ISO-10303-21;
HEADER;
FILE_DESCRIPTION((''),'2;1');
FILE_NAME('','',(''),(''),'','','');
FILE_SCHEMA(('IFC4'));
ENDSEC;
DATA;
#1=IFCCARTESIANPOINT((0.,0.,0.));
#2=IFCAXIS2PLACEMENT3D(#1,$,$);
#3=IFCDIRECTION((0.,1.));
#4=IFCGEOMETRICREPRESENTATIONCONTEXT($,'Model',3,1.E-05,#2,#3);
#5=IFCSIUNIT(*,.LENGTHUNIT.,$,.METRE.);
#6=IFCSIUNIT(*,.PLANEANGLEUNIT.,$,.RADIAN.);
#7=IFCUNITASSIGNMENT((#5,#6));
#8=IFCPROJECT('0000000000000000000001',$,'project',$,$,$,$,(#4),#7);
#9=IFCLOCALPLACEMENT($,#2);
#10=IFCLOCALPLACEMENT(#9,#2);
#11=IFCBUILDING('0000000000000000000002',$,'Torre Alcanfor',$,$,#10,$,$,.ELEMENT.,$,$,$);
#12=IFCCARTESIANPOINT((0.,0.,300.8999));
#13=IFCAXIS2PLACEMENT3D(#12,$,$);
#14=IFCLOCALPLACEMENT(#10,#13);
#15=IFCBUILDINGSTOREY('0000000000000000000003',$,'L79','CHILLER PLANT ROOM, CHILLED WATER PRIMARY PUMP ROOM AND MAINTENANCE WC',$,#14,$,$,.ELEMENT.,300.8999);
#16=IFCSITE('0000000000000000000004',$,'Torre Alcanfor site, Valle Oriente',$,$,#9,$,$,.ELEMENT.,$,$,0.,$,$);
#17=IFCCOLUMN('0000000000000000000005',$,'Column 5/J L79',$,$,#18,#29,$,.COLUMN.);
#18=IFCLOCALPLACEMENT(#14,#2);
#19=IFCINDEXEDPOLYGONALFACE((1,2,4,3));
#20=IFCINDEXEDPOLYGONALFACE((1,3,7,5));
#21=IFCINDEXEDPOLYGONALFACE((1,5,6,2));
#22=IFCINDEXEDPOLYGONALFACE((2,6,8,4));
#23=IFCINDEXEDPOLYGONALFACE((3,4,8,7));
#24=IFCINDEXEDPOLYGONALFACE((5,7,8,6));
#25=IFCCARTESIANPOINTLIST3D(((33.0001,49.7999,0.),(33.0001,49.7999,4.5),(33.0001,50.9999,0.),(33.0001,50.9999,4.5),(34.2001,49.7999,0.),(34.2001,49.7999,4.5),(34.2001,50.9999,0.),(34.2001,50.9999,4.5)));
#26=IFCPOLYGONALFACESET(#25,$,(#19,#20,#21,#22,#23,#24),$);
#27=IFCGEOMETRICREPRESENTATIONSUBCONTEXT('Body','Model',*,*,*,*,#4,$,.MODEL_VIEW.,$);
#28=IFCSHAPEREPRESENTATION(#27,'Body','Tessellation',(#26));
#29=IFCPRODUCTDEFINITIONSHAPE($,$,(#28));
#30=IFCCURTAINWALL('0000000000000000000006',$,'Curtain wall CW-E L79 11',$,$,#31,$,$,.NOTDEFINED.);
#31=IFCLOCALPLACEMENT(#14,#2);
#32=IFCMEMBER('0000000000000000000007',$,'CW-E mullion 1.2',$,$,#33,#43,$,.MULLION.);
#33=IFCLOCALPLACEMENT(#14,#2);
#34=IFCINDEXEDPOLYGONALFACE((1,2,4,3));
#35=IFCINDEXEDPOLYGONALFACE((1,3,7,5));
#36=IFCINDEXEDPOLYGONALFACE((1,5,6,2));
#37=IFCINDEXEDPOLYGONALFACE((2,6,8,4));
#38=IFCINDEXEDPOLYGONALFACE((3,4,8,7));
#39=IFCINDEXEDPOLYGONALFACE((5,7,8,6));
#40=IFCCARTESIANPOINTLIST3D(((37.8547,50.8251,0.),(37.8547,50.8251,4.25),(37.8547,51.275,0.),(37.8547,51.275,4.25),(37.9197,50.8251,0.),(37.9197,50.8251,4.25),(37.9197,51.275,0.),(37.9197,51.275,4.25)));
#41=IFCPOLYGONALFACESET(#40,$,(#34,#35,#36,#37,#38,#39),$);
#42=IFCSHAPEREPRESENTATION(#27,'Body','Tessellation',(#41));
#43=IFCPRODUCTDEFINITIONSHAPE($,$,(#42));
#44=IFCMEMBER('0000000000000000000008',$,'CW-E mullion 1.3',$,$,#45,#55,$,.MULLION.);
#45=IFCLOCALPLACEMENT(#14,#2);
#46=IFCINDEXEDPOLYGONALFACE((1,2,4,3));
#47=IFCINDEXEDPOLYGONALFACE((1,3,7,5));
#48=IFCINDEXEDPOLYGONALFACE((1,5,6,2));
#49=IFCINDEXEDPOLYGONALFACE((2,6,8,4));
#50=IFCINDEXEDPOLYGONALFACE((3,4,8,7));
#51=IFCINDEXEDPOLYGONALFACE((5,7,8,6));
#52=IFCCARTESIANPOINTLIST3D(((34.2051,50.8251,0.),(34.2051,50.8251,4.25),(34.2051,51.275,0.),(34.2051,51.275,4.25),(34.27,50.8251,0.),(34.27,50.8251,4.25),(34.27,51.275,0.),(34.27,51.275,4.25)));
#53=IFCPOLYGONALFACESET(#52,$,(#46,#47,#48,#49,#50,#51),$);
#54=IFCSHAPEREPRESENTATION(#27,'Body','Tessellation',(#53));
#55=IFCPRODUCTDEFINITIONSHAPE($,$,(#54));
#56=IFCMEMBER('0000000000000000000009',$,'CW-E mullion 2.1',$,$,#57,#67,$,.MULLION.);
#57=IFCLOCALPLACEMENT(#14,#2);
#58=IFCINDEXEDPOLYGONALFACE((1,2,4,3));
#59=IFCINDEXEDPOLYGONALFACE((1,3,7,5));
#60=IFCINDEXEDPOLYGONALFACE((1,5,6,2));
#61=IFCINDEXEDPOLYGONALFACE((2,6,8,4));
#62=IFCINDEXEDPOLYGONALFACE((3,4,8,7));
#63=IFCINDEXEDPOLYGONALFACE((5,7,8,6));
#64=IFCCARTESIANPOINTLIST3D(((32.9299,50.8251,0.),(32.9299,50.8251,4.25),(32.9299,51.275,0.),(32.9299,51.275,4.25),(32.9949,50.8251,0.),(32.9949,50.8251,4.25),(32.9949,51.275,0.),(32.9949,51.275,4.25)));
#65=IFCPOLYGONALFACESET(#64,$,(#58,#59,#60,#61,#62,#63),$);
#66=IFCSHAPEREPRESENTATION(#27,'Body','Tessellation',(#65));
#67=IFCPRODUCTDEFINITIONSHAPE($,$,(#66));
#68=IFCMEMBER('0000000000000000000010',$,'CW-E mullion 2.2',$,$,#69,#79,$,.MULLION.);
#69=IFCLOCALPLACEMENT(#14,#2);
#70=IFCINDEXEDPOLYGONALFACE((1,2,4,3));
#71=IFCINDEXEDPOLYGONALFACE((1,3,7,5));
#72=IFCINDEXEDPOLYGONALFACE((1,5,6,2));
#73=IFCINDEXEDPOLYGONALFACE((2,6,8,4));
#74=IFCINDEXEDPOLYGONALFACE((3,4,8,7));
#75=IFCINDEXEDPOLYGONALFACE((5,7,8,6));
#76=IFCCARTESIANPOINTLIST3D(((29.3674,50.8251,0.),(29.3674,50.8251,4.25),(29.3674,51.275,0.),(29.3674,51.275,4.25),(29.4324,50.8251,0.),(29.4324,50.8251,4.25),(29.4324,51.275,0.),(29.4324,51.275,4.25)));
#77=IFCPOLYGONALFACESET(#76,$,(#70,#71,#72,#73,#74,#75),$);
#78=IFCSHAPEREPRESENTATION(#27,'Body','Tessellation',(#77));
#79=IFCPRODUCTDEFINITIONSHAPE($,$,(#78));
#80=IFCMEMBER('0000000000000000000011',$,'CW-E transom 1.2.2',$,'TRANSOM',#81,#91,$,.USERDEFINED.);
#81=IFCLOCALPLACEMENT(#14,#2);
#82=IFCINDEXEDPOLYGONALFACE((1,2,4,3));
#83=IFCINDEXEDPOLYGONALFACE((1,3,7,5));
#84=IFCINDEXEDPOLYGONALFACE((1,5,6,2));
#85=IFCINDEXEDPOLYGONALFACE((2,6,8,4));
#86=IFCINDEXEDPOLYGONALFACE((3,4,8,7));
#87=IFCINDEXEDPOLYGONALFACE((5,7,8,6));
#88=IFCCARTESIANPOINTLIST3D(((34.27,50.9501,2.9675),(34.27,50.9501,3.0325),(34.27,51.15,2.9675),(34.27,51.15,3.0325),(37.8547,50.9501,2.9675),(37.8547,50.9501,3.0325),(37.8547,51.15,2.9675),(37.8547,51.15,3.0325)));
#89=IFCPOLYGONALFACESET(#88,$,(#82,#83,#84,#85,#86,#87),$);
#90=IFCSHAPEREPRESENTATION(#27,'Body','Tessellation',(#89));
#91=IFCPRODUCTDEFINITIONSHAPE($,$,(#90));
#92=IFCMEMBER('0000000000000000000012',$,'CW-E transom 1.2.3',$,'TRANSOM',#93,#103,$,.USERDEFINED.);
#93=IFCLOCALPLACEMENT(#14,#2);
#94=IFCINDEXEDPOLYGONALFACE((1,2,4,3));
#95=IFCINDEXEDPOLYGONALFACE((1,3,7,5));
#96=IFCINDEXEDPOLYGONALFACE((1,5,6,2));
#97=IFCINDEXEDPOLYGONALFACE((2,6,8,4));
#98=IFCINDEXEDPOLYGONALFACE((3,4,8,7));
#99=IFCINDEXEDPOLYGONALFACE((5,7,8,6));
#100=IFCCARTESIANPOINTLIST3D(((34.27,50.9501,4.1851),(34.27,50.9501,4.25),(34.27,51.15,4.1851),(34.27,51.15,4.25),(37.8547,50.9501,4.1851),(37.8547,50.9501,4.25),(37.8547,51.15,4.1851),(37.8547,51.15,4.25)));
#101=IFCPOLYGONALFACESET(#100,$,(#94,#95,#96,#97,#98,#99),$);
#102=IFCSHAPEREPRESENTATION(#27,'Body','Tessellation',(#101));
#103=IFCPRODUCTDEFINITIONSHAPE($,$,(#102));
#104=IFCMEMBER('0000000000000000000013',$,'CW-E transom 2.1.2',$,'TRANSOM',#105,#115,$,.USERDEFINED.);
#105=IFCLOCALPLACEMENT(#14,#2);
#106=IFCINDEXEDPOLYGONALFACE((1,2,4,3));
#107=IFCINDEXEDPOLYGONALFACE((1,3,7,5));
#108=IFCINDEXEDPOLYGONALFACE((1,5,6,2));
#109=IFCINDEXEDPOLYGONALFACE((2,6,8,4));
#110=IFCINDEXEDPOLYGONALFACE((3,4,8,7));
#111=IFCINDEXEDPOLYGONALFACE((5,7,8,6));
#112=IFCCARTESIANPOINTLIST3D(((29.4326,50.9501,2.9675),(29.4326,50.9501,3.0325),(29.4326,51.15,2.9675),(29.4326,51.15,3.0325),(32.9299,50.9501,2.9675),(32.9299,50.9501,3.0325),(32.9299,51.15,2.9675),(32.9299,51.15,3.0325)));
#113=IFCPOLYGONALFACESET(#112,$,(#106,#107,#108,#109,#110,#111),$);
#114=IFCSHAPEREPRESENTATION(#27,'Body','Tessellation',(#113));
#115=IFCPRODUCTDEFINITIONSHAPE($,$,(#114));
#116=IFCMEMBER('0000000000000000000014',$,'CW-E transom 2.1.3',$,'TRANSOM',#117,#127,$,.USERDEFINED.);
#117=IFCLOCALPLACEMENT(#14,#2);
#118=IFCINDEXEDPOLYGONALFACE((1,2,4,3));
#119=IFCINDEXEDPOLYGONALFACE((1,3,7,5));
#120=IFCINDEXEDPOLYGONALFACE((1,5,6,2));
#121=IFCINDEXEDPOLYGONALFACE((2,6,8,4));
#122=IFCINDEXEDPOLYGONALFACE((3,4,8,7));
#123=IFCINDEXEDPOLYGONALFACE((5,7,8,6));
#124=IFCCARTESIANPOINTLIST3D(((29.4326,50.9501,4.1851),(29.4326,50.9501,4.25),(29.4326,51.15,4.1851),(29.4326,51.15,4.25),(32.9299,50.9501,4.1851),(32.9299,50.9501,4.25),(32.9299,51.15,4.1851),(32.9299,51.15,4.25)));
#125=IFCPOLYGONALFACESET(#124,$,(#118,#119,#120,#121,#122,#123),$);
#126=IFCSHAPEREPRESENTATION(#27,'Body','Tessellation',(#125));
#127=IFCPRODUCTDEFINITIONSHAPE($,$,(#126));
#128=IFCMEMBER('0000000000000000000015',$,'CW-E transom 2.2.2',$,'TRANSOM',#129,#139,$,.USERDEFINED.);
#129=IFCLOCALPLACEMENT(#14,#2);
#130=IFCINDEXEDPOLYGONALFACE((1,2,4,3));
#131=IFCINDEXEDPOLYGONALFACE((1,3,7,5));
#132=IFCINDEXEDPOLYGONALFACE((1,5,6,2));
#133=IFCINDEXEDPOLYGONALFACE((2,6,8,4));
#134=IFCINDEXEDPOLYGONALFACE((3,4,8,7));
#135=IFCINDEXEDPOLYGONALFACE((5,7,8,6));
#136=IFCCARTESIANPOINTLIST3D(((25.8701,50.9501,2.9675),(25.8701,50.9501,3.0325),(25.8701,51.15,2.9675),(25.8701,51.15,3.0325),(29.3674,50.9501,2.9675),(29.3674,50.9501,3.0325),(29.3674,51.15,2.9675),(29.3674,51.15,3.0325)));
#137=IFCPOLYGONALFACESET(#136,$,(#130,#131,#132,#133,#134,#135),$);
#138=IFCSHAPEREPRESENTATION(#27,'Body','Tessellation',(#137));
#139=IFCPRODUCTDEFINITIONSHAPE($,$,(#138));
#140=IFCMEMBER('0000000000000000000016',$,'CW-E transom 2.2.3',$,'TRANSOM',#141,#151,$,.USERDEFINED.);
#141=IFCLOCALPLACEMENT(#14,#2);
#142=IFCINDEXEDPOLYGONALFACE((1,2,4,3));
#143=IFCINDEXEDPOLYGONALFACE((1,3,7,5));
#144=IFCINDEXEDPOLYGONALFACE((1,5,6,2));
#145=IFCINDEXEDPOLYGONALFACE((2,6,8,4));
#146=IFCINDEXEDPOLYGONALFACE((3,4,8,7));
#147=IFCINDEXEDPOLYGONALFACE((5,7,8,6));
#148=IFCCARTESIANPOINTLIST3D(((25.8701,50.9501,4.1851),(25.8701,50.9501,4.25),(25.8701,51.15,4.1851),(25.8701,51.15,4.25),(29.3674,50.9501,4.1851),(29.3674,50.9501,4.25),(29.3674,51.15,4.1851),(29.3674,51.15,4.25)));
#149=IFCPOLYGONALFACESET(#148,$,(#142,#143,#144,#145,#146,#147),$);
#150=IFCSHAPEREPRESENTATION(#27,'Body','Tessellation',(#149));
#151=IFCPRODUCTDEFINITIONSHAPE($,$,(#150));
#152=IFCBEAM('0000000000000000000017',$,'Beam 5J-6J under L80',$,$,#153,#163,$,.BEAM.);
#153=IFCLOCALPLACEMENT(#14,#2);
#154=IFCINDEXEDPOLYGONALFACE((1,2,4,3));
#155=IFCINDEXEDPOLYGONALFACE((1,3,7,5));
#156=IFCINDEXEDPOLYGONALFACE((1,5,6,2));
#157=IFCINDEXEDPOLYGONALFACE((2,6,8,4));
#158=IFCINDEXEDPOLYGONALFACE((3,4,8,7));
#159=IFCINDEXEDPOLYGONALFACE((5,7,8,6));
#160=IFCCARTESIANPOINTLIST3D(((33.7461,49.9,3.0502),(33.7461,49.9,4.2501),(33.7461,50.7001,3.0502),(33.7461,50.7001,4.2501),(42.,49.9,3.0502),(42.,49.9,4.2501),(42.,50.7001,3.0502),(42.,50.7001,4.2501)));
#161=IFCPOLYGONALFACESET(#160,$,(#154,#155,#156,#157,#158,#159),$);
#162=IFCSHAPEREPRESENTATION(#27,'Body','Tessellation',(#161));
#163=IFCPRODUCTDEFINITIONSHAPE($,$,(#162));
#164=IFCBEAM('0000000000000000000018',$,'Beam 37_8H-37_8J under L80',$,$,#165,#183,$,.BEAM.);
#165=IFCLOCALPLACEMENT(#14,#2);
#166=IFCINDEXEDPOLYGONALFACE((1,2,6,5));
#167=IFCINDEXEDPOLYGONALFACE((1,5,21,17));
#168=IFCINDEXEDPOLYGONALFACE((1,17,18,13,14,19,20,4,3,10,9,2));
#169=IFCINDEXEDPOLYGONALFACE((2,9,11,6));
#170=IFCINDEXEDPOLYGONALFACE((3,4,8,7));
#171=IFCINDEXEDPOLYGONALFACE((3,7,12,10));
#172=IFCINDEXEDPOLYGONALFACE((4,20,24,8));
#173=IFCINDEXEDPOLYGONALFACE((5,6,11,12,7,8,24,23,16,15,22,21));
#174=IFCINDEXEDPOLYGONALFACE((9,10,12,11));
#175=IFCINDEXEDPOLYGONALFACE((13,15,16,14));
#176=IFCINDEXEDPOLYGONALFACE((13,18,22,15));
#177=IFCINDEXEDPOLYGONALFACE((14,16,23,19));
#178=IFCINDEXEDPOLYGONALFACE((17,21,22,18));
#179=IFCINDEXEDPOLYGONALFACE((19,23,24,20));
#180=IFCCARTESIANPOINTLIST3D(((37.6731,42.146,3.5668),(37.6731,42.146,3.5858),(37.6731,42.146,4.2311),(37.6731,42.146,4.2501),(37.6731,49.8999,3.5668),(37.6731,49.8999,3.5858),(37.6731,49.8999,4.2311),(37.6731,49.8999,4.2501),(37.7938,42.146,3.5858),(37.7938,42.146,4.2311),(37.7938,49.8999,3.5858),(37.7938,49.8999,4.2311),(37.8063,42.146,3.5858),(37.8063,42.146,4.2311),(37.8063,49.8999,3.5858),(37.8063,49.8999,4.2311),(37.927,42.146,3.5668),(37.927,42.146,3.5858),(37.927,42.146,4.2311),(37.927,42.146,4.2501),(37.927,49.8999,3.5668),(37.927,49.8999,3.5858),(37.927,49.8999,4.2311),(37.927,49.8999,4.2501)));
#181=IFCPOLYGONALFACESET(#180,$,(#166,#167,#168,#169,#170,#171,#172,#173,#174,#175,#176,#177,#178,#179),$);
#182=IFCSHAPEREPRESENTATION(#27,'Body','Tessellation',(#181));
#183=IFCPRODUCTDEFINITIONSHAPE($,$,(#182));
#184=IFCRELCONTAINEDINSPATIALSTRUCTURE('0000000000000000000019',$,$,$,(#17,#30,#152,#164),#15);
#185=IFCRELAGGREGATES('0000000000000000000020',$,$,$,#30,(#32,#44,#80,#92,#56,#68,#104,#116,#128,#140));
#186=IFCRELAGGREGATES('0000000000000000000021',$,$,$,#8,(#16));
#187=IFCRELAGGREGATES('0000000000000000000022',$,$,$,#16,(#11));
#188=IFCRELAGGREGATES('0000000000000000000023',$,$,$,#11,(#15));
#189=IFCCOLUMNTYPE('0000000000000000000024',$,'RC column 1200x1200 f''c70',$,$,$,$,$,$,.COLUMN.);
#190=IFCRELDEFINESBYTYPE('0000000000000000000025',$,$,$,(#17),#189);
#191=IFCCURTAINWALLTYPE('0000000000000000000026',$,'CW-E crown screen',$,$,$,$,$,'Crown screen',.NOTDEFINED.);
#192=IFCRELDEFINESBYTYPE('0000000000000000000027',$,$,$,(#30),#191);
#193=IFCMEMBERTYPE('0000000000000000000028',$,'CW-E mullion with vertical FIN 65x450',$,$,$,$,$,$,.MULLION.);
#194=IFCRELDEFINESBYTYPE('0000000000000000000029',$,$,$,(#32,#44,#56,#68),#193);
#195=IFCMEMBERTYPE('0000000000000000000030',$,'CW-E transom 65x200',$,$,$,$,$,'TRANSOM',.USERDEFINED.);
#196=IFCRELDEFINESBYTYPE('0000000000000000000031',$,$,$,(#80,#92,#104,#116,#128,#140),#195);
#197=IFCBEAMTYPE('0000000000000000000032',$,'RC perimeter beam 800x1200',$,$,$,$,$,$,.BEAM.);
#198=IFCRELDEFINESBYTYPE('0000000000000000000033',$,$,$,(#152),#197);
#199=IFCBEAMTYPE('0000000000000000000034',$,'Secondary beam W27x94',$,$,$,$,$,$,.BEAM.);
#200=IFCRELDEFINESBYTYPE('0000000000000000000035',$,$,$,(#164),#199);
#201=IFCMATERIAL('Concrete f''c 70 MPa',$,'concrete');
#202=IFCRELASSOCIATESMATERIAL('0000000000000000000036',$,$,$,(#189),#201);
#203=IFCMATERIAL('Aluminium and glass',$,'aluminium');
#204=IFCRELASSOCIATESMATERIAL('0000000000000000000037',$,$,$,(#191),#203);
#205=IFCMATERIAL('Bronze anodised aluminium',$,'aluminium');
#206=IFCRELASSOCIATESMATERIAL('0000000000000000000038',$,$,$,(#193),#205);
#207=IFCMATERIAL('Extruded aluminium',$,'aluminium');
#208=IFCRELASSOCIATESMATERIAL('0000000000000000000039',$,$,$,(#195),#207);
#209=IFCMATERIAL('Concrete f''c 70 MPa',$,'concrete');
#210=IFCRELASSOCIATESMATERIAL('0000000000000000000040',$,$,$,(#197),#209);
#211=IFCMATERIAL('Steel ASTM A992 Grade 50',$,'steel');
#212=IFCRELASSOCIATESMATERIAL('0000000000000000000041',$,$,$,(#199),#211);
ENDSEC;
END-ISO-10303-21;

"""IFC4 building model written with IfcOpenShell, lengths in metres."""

from ifc_helpers import new_model, si_unit, direction, frame, origin, origin_2d, place, context, subcontext, project, spatial, rectangle, i_section, extrude, material, material_profile, profile_set, type_object, element, aggregate, save


model = new_model("IFC4")

# Units and contexts
model_context = context("Model", 3, precision=1e-05, world=origin(), true_north=direction((0.0, 1.0)))
body_context = subcontext(model_context, "Body", "Model", "MODEL_VIEW")
ifc_project = project(units=[si_unit("LENGTHUNIT", "METRE"), si_unit("PLANEANGLEUNIT", "RADIAN")], contexts=[model_context])

# Site, building, storey
site_placement = place(None, origin())
site = spatial("IfcSite", under=ifc_project, at=site_placement, Name="Torre Alcanfor site, Valle Oriente", CompositionType="ELEMENT", RefElevation=0.0)
building_placement = place(site_placement, origin())
building = spatial("IfcBuilding", under=site, at=building_placement, Name="Torre Alcanfor", CompositionType="ELEMENT")
storey_placement = place(building_placement, frame((0.0, 0.0, 300.8999)))
storey = spatial("IfcBuildingStorey", under=building, at=storey_placement, Name="L79", Description="CHILLER PLANT ROOM, CHILLED WATER PRIMARY PUMP ROOM AND MAINTENANCE WC", CompositionType="ELEMENT", Elevation=300.8999)

# Column
ifc_material_1 = material(Name="Concrete f'c 70 MPa", Category="concrete")
ifc_material_profile_1 = material_profile(ifc_material_1, rectangle(XDim=1.2, YDim=1.2, at=origin_2d()), Name="1200x1200")
ifc_profile_set_1 = profile_set([ifc_material_profile_1], Name="Concrete f'c 70 MPa")
column_type = type_object("IfcColumnType", Name="RC column 1200x1200 f'c70", PredefinedType="COLUMN", material=ifc_profile_set_1)
column_placement = place(storey_placement, frame((33.6001, 50.3999, 0.0), z_axis=(0.0, 0.0, 1.0), x_axis=(1.0, 0.0, 0.0)))
element("IfcColumn", 1, at=column_placement, inside=storey, type_object=column_type, Name="Column 5/J L79", PredefinedType="COLUMN", context=body_context, shape_type="SweptSolid", body=[
    extrude(rectangle(XDim=1.2, YDim=1.2, at=origin_2d()), origin(), (0.0, 0.0, 1.0), 4.5),
])

# Curtain wall, members
ifc_material_2 = material(Name="Aluminium and glass", Category="aluminium")
curtain_wall_type = type_object("IfcCurtainWallType", Name="CW-E crown screen", ElementType="Crown screen", PredefinedType="NOTDEFINED", material=ifc_material_2)
curtain_wall_placement = place(storey_placement, origin())
curtain_wall = element("IfcCurtainWall", 2, at=curtain_wall_placement, inside=storey, type_object=curtain_wall_type, Name="Curtain wall CW-E L79 11", PredefinedType="NOTDEFINED")
ifc_material_3 = material(Name="Bronze anodised aluminium", Category="aluminium")
ifc_material_profile_2 = material_profile(ifc_material_3, rectangle(XDim=0.45, YDim=0.0649, at=origin_2d()), Name="CW-E mullion 65x450")
ifc_profile_set_2 = profile_set([ifc_material_profile_2], Name="Bronze anodised aluminium")
member_type_1 = type_object("IfcMemberType", Name="CW-E mullion with vertical FIN 65x450", PredefinedType="MULLION", material=ifc_profile_set_2)
member_1_placement = place(storey_placement, frame((37.8872, 51.05, 0.0), z_axis=(0.0, 0.0, 1.0), x_axis=(0.0, -1.0, 0.0)))
member_1 = element("IfcMember", 3, at=member_1_placement, type_object=member_type_1, Name="CW-E mullion 1.2", PredefinedType="MULLION", context=body_context, shape_type="SweptSolid", body=[
    extrude(rectangle(XDim=0.45, YDim=0.0649, at=origin_2d()), origin(), (0.0, 0.0, 1.0), 4.25),
])
member_2_placement = place(storey_placement, frame((34.2375, 51.05, 0.0), z_axis=(0.0, 0.0, 1.0), x_axis=(0.0, -1.0, 0.0)))
member_2 = element("IfcMember", 4, at=member_2_placement, type_object=member_type_1, Name="CW-E mullion 1.3", PredefinedType="MULLION", context=body_context, shape_type="SweptSolid", body=[
    extrude(rectangle(XDim=0.45, YDim=0.0649, at=origin_2d()), origin(), (0.0, 0.0, 1.0), 4.25),
])
member_3_placement = place(storey_placement, frame((32.9624, 51.05, 0.0), z_axis=(0.0, 0.0, 1.0), x_axis=(0.0, -1.0, 0.0)))
member_3 = element("IfcMember", 5, at=member_3_placement, type_object=member_type_1, Name="CW-E mullion 2.1", PredefinedType="MULLION", context=body_context, shape_type="SweptSolid", body=[
    extrude(rectangle(XDim=0.45, YDim=0.0649, at=origin_2d()), origin(), (0.0, 0.0, 1.0), 4.25),
])
member_4_placement = place(storey_placement, frame((29.3999, 51.05, 0.0), z_axis=(0.0, 0.0, 1.0), x_axis=(0.0, -1.0, 0.0)))
member_4 = element("IfcMember", 6, at=member_4_placement, type_object=member_type_1, Name="CW-E mullion 2.2", PredefinedType="MULLION", context=body_context, shape_type="SweptSolid", body=[
    extrude(rectangle(XDim=0.45, YDim=0.0649, at=origin_2d()), origin(), (0.0, 0.0, 1.0), 4.25),
])
ifc_material_4 = material(Name="Extruded aluminium", Category="aluminium")
ifc_material_profile_3 = material_profile(ifc_material_4, rectangle(XDim=0.2, YDim=0.0649, at=origin_2d()), Name="CW-E transom 200x65")
ifc_profile_set_3 = profile_set([ifc_material_profile_3], Name="Extruded aluminium")
member_type_2 = type_object("IfcMemberType", Name="CW-E transom 65x200", ElementType="TRANSOM", PredefinedType="USERDEFINED", material=ifc_profile_set_3)
member_5_placement = place(storey_placement, frame((37.8547, 51.05, 3.0), z_axis=(-1.0, 0.0, 0.0), x_axis=(0.0, -1.0, 0.0)))
member_5 = element("IfcMember", 7, at=member_5_placement, type_object=member_type_2, Name="CW-E transom 1.2.2", ObjectType="TRANSOM", PredefinedType="USERDEFINED", context=body_context, shape_type="SweptSolid", body=[
    extrude(rectangle(XDim=0.2, YDim=0.0649, at=origin_2d()), origin(), (0.0, 0.0, 1.0), 3.5847),
])
member_6_placement = place(storey_placement, frame((37.8547, 51.05, 4.2175), z_axis=(-1.0, 0.0, 0.0), x_axis=(0.0, -1.0, 0.0)))
member_6 = element("IfcMember", 8, at=member_6_placement, type_object=member_type_2, Name="CW-E transom 1.2.3", ObjectType="TRANSOM", PredefinedType="USERDEFINED", context=body_context, shape_type="SweptSolid", body=[
    extrude(rectangle(XDim=0.2, YDim=0.0649, at=origin_2d()), origin(), (0.0, 0.0, 1.0), 3.5847),
])
member_7_placement = place(storey_placement, frame((32.9299, 51.05, 3.0), z_axis=(-1.0, 0.0, 0.0), x_axis=(0.0, -1.0, 0.0)))
member_7 = element("IfcMember", 9, at=member_7_placement, type_object=member_type_2, Name="CW-E transom 2.1.2", ObjectType="TRANSOM", PredefinedType="USERDEFINED", context=body_context, shape_type="SweptSolid", body=[
    extrude(rectangle(XDim=0.2, YDim=0.0649, at=origin_2d()), origin(), (0.0, 0.0, 1.0), 3.4973),
])
member_8_placement = place(storey_placement, frame((32.9299, 51.05, 4.2175), z_axis=(-1.0, 0.0, 0.0), x_axis=(0.0, -1.0, 0.0)))
member_8 = element("IfcMember", 10, at=member_8_placement, type_object=member_type_2, Name="CW-E transom 2.1.3", ObjectType="TRANSOM", PredefinedType="USERDEFINED", context=body_context, shape_type="SweptSolid", body=[
    extrude(rectangle(XDim=0.2, YDim=0.0649, at=origin_2d()), origin(), (0.0, 0.0, 1.0), 3.4973),
])
member_9_placement = place(storey_placement, frame((29.3674, 51.05, 3.0), z_axis=(-1.0, 0.0, 0.0), x_axis=(0.0, -1.0, 0.0)))
member_9 = element("IfcMember", 11, at=member_9_placement, type_object=member_type_2, Name="CW-E transom 2.2.2", ObjectType="TRANSOM", PredefinedType="USERDEFINED", context=body_context, shape_type="SweptSolid", body=[
    extrude(rectangle(XDim=0.2, YDim=0.0649, at=origin_2d()), origin(), (0.0, 0.0, 1.0), 3.4973),
])
member_10_placement = place(storey_placement, frame((29.3674, 51.05, 4.2175), z_axis=(-1.0, 0.0, 0.0), x_axis=(0.0, -1.0, 0.0)))
member_10 = element("IfcMember", 12, at=member_10_placement, type_object=member_type_2, Name="CW-E transom 2.2.3", ObjectType="TRANSOM", PredefinedType="USERDEFINED", context=body_context, shape_type="SweptSolid", body=[
    extrude(rectangle(XDim=0.2, YDim=0.0649, at=origin_2d()), origin(), (0.0, 0.0, 1.0), 3.4973),
])

# Beams
ifc_material_5 = material(Name="Concrete f'c 70 MPa", Category="concrete")
ifc_material_profile_4 = material_profile(ifc_material_5, rectangle(XDim=0.8, YDim=1.2, at=origin_2d()), Name="800x1200")
ifc_profile_set_4 = profile_set([ifc_material_profile_4], Name="Concrete f'c 70 MPa")
beam_type_1 = type_object("IfcBeamType", Name="RC perimeter beam 800x1200", PredefinedType="BEAM", material=ifc_profile_set_4)
beam_1_placement = place(storey_placement, frame((33.7461, 50.3, 3.6501), z_axis=(1.0, 0.0, 0.0), x_axis=(0.0, 1.0, 0.0)))
element("IfcBeam", 13, at=beam_1_placement, inside=storey, type_object=beam_type_1, Name="Beam 5J-6J under L80", PredefinedType="BEAM", context=body_context, shape_type="SweptSolid", body=[
    extrude(rectangle(XDim=0.8, YDim=1.2, at=origin_2d()), origin(), (0.0, 0.0, 1.0), 8.2539),
])
ifc_material_6 = material(Name="Steel ASTM A992 Grade 50", Category="steel")
ifc_material_profile_5 = material_profile(ifc_material_6, i_section(OverallWidth=0.2539, OverallDepth=0.6833, WebThickness=0.0125, FlangeThickness=0.019, at=origin_2d()), Name="W27x94")
ifc_profile_set_5 = profile_set([ifc_material_profile_5], Name="Steel ASTM A992 Grade 50")
beam_type_2 = type_object("IfcBeamType", Name="Secondary beam W27x94", PredefinedType="BEAM", material=ifc_profile_set_5)
beam_2_placement = place(storey_placement, frame((37.8, 42.146, 3.9084), z_axis=(0.0, 1.0, 0.0), x_axis=(-1.0, 0.0, 0.0)))
element("IfcBeam", 14, at=beam_2_placement, inside=storey, type_object=beam_type_2, Name="Beam 37_8H-37_8J under L80", PredefinedType="BEAM", context=body_context, shape_type="SweptSolid", body=[
    extrude(i_section(OverallWidth=0.2539, OverallDepth=0.6833, WebThickness=0.0125, FlangeThickness=0.019, at=origin_2d()), origin(), (0.0, 0.0, 1.0), 7.7539),
])

aggregate(curtain_wall, [member_1, member_2, member_5, member_6, member_3, member_4, member_7, member_8, member_9, member_10])

save(model, "model.ifc")
